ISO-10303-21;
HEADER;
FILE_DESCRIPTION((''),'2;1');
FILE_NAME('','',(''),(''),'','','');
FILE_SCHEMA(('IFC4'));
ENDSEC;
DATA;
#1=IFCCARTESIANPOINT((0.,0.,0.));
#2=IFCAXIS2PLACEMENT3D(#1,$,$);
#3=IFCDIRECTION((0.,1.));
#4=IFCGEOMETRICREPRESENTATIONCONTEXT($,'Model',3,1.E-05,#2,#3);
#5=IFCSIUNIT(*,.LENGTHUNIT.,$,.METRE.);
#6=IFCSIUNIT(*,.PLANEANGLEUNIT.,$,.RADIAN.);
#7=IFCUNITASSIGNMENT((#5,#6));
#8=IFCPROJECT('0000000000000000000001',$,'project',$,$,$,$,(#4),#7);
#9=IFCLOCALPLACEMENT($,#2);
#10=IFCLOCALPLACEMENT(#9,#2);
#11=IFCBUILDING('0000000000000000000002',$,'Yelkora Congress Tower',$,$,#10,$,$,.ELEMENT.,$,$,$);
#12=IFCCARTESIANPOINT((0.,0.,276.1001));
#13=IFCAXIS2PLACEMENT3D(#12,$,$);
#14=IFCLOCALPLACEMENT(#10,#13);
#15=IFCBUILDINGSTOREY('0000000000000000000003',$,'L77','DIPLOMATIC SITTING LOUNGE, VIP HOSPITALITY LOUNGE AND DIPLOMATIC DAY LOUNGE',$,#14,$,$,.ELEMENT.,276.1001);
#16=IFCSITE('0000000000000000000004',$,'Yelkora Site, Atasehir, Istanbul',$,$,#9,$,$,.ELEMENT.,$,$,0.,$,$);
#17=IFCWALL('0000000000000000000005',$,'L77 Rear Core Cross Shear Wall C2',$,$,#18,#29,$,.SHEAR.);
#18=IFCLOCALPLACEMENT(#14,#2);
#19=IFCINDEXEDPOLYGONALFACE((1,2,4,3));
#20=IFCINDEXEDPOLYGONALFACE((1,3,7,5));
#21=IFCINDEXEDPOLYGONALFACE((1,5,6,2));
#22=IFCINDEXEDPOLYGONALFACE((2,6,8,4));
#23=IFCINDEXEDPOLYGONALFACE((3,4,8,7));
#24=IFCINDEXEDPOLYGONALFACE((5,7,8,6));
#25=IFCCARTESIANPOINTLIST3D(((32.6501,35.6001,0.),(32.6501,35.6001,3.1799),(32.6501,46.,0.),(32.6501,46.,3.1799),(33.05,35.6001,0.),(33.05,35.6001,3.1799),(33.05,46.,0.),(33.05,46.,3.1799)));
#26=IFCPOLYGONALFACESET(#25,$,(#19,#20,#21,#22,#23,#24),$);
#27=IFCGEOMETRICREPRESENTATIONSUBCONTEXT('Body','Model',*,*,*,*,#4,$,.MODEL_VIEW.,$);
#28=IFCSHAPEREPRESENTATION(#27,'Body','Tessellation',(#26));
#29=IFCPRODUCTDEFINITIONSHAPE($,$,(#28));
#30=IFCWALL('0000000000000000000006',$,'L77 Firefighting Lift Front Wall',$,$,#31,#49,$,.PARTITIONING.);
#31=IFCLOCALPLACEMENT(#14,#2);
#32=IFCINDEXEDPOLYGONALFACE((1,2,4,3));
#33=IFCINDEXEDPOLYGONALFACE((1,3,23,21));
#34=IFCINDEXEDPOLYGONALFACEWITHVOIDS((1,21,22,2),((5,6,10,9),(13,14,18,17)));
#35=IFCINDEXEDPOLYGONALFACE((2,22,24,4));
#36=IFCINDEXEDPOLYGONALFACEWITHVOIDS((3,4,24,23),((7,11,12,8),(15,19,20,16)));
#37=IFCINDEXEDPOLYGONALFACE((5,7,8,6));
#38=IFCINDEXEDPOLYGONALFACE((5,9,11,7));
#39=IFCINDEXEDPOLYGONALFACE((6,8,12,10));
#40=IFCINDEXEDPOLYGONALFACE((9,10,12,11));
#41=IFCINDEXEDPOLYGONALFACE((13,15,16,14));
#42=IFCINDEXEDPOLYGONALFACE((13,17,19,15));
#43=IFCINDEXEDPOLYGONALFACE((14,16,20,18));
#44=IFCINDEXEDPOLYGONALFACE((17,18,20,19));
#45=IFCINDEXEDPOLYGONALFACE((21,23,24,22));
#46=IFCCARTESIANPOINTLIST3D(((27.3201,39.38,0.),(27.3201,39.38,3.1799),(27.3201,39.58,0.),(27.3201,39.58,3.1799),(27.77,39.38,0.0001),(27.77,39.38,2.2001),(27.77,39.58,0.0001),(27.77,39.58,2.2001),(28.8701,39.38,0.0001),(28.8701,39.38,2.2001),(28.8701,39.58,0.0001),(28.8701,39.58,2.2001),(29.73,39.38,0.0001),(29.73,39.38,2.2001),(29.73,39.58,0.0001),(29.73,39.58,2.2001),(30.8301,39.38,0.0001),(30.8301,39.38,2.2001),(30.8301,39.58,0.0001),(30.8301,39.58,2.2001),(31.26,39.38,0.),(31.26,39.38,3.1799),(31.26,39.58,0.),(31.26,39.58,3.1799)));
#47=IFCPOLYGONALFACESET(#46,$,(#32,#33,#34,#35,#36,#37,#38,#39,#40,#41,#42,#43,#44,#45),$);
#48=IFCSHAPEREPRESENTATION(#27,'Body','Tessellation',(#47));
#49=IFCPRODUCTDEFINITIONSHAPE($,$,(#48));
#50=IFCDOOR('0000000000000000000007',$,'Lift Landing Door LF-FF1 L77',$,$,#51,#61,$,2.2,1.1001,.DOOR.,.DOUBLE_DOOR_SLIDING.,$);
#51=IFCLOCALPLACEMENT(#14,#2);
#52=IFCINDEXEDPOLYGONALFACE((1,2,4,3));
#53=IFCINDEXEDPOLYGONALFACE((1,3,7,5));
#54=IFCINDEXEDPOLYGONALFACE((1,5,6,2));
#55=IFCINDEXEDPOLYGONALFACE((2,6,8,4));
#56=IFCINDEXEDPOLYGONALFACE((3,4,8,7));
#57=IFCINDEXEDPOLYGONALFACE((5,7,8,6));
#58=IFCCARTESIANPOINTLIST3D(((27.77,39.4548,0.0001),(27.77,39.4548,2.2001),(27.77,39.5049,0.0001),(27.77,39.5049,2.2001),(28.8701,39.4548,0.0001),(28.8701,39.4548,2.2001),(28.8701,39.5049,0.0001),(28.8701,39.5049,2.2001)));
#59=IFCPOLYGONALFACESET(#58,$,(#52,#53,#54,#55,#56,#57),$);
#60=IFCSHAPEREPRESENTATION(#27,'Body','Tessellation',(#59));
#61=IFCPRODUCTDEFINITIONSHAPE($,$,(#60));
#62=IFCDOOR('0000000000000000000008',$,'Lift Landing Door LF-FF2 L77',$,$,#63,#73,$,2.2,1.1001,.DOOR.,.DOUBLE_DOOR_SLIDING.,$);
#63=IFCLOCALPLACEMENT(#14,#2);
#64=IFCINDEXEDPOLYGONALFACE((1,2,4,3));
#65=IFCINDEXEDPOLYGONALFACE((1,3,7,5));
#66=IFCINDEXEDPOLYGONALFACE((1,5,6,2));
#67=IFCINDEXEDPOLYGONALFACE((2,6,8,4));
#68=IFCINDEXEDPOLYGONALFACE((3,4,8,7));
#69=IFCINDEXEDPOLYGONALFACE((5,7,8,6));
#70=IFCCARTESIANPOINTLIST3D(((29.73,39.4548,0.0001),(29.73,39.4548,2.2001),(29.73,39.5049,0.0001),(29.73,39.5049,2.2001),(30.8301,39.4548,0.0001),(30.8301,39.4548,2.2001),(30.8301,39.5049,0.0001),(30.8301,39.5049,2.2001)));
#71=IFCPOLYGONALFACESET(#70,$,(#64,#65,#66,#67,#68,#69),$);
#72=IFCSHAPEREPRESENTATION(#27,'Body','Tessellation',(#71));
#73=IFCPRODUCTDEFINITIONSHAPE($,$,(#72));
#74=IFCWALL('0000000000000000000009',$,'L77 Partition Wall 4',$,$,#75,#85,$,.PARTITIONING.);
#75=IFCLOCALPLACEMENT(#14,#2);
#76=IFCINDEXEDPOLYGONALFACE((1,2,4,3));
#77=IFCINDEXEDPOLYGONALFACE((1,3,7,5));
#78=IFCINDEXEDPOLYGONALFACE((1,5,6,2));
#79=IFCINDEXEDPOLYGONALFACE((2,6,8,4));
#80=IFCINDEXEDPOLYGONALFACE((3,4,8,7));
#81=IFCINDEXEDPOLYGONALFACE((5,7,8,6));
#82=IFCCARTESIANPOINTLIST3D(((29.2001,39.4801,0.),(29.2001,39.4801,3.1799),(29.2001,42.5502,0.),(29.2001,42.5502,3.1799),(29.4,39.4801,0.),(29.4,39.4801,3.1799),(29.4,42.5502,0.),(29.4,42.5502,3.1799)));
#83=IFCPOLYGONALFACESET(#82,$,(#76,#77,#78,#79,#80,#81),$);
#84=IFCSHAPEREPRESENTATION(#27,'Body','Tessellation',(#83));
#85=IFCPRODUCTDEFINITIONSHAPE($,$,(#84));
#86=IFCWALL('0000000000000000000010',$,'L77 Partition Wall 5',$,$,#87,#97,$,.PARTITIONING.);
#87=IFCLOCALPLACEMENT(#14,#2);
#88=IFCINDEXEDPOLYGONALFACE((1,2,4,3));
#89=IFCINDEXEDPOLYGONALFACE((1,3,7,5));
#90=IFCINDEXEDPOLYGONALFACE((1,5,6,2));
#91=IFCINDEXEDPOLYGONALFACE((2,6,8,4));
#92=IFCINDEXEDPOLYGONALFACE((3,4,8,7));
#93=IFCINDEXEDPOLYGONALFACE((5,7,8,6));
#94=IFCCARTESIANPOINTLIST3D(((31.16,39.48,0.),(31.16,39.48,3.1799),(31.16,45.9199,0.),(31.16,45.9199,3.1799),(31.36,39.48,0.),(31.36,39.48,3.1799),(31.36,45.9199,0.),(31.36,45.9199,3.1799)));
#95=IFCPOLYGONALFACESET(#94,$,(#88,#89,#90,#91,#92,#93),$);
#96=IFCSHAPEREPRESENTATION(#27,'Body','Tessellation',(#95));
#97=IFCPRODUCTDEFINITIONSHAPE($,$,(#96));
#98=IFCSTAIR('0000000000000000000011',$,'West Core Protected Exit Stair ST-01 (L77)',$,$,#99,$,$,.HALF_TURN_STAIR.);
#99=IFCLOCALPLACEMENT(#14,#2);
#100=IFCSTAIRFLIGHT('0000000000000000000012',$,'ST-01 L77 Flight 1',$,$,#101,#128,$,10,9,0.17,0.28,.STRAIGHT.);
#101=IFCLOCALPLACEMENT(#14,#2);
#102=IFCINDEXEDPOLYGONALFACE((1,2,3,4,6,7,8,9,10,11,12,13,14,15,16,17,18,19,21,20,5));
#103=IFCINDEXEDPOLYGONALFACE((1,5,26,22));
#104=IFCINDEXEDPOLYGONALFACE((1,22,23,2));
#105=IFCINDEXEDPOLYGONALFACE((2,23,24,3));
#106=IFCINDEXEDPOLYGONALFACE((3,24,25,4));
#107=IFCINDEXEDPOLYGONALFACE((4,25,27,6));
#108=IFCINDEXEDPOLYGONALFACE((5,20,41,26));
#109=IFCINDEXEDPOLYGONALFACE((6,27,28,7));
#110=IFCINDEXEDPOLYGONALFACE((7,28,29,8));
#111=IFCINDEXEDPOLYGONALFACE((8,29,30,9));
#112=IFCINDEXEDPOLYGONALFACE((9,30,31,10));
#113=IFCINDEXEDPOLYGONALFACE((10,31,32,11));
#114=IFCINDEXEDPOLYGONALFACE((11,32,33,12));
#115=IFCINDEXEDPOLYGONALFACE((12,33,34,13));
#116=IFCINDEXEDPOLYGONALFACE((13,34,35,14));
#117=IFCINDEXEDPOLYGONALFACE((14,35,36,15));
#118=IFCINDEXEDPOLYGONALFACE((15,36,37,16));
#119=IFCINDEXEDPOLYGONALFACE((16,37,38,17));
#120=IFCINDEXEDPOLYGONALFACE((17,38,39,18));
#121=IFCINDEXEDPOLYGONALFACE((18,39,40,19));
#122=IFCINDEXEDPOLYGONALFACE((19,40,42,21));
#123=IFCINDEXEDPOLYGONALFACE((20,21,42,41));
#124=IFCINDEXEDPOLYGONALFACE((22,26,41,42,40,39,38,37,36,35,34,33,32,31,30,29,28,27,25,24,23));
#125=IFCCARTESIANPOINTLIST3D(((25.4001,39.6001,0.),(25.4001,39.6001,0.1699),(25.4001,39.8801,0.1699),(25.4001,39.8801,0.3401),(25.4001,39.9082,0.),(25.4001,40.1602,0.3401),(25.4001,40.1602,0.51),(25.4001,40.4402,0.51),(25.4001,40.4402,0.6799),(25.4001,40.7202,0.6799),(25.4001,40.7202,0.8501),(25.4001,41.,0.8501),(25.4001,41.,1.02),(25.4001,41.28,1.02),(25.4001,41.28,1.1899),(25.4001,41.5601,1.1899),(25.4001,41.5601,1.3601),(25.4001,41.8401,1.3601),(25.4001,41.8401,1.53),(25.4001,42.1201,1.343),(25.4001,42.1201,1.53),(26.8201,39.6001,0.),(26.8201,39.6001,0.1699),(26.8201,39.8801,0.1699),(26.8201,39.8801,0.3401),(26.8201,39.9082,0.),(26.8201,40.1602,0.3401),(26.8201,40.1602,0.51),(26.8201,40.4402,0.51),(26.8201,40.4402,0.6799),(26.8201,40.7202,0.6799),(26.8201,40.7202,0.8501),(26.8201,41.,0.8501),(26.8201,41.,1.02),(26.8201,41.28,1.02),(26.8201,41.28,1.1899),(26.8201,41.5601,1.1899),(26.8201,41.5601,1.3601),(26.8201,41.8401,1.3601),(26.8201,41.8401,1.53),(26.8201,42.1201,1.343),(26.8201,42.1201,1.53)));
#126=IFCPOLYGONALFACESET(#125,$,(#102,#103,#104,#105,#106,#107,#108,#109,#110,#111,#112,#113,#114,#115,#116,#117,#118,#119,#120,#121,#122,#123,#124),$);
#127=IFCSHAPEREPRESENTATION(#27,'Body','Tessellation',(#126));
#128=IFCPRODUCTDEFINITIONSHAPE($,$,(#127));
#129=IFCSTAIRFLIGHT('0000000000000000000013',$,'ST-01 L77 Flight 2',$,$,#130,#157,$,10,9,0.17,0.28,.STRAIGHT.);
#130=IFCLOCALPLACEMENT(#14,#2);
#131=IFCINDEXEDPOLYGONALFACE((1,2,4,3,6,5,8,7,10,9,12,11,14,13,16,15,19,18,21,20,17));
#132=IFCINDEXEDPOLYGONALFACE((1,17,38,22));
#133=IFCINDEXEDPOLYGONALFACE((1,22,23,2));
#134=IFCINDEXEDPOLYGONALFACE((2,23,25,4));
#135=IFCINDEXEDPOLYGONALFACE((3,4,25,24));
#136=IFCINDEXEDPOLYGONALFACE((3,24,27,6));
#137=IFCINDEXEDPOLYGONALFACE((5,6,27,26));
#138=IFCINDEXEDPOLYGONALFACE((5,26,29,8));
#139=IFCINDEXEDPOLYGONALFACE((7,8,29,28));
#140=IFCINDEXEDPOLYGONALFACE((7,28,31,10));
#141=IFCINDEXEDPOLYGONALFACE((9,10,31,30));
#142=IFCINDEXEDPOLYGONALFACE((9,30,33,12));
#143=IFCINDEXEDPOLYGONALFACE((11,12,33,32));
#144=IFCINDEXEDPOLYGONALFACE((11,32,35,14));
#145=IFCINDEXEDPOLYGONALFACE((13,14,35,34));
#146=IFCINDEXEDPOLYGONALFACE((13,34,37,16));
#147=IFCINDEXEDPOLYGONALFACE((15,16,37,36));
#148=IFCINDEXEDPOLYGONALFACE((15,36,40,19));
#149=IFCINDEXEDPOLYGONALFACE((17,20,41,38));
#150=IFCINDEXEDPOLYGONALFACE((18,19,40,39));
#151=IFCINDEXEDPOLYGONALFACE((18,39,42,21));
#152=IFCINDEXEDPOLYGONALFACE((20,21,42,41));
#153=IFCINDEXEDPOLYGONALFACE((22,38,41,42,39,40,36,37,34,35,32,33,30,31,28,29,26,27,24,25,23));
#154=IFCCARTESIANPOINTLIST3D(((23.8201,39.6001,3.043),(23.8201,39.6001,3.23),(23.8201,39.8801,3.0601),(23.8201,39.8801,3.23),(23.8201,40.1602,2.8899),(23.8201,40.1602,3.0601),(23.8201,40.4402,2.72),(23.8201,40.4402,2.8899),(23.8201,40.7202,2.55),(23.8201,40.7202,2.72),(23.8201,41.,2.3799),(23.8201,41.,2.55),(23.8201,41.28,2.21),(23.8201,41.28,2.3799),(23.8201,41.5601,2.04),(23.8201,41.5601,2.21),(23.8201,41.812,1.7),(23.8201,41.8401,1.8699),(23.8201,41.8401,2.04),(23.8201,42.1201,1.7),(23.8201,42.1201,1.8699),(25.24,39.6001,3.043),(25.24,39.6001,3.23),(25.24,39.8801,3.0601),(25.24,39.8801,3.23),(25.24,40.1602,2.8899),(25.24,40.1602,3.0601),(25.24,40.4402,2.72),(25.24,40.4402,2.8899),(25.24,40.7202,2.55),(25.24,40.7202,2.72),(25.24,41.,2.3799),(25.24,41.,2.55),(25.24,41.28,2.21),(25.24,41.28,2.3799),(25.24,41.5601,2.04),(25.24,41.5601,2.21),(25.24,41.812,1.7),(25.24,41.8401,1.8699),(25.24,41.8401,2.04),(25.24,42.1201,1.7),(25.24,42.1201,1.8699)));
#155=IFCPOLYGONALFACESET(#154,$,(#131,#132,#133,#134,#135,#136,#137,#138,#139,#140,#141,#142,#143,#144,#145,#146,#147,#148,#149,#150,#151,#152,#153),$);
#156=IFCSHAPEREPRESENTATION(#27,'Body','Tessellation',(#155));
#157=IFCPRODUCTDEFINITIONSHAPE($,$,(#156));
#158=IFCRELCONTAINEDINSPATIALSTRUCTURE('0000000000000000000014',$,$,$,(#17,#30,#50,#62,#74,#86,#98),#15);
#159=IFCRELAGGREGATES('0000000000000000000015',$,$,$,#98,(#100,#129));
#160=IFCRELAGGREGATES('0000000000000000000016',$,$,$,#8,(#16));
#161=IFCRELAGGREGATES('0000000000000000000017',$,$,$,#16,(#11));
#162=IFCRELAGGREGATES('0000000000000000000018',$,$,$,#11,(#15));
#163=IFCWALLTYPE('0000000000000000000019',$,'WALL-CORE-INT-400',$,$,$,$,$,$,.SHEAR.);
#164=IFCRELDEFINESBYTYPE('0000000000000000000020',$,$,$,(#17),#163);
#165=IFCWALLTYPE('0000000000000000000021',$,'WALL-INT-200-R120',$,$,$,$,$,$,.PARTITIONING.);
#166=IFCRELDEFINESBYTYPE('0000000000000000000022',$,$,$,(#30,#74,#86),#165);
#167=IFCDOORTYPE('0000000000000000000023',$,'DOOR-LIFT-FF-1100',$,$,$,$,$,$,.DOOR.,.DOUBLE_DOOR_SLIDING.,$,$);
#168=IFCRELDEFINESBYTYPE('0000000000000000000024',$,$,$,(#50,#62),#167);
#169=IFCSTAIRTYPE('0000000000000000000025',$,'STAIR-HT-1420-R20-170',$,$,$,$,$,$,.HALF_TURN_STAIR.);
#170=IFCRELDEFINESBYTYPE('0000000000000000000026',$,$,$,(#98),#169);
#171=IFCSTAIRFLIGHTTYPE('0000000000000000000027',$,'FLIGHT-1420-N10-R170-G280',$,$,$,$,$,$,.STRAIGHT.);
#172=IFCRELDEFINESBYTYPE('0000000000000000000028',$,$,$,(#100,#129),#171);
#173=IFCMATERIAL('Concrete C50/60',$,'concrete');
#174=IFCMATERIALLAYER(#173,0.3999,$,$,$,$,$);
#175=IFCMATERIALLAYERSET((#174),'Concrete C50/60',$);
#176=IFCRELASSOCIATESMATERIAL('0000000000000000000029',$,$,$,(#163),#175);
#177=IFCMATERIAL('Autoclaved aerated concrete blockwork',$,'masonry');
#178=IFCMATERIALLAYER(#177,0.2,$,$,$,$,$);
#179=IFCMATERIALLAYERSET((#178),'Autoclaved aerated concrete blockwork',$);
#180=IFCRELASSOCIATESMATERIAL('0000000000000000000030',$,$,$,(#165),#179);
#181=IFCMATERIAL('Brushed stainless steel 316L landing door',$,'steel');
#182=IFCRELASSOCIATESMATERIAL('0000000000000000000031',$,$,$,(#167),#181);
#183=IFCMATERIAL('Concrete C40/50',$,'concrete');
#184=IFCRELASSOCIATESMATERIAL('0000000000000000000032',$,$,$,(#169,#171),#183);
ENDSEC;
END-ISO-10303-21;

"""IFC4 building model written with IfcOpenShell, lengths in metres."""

from ifc_helpers import new_model, si_unit, direction, frame, frame_2d, origin, place, context, subcontext, project, spatial, polyline, rectangle, outline, extrude, material, layer, layer_set, type_object, element, fill, aggregate, save


model = new_model("IFC4")

# Units and contexts
model_context = context("Model", 3, precision=1e-05, world=origin(), true_north=direction((0.0, 1.0)))
body_context = subcontext(model_context, "Body", "Model", "MODEL_VIEW")
ifc_project = project(units=[si_unit("LENGTHUNIT", "METRE"), si_unit("PLANEANGLEUNIT", "RADIAN")], contexts=[model_context])

# Site, building, storey
site_placement = place(None, origin())
site = spatial("IfcSite", under=ifc_project, at=site_placement, Name="Yelkora Site, Atasehir, Istanbul", CompositionType="ELEMENT", RefElevation=0.0)
building_placement = place(site_placement, origin())
building = spatial("IfcBuilding", under=site, at=building_placement, Name="Yelkora Congress Tower", CompositionType="ELEMENT")
storey_placement = place(building_placement, frame((0.0, 0.0, 276.1001)))
storey = spatial("IfcBuildingStorey", under=building, at=storey_placement, Name="L77", Description="DIPLOMATIC SITTING LOUNGE, VIP HOSPITALITY LOUNGE AND DIPLOMATIC DAY LOUNGE", CompositionType="ELEMENT", Elevation=276.1001)

# Shared definitions
ifc_material_1 = material(Name="Concrete C50/60", Category="concrete")
ifc_layer_1 = layer(ifc_material_1, 0.3999)
ifc_layer_set_1 = layer_set([ifc_layer_1], Name="Concrete C50/60")
wall_type_1 = type_object("IfcWallType", Name="WALL-CORE-INT-400", PredefinedType="SHEAR", material=ifc_layer_set_1)

# Wall
wall_1_placement = place(storey_placement, frame((32.8501, 35.6001, 0.0), z_axis=(0.0, 0.0, 1.0), x_axis=(0.0, 1.0, 0.0)))
element("IfcWall", 1, at=wall_1_placement, inside=storey, type_object=wall_type_1, Name="L77 Rear Core Cross Shear Wall C2", PredefinedType="SHEAR", context=body_context, shape_type="SweptSolid", body=[
    extrude(rectangle(XDim=10.3999, YDim=0.3999, at=frame_2d((5.2, 0.0))), origin(), (0.0, 0.0, 1.0), 3.1799),
])

# Shared definitions
ifc_material_2 = material(Name="Autoclaved aerated concrete blockwork", Category="masonry")
ifc_layer_2 = layer(ifc_material_2, 0.2)
ifc_layer_set_2 = layer_set([ifc_layer_2], Name="Autoclaved aerated concrete blockwork")
wall_type_2 = type_object("IfcWallType", Name="WALL-INT-200-R120", PredefinedType="PARTITIONING", material=ifc_layer_set_2)

# Wall, openings, doors
wall_2_placement = place(storey_placement, frame((27.3201, 39.48, 0.0), z_axis=(0.0, 0.0, 1.0), x_axis=(1.0, 0.0, 0.0)))
wall_2 = element("IfcWall", 2, at=wall_2_placement, inside=storey, type_object=wall_type_2, Name="L77 Firefighting Lift Front Wall", PredefinedType="PARTITIONING", context=body_context, shape_type="SweptSolid", body=[
    extrude(rectangle(XDim=3.9399, YDim=0.2, at=frame_2d((1.97, 0.0))), origin(), (0.0, 0.0, 1.0), 3.1799),
])
opening_1_placement = place(wall_2_placement, frame((0.45, 0.0, 0.0)))
opening_1 = element("IfcOpeningElement", 3, at=opening_1_placement, cuts=wall_2, PredefinedType="OPENING", context=body_context, shape_type="SweptSolid", body=[
    extrude(rectangle(XDim=1.1001, YDim=2.2, at=frame_2d((0.55, 1.1001))), frame((0.0, 0.1099, 0.0), z_axis=(0.0, -1.0, 0.0), x_axis=(1.0, 0.0, 0.0)), (0.0, 0.0, 1.0), 0.22),
])
opening_2_placement = place(wall_2_placement, frame((2.4099, 0.0, 0.0)))
opening_2 = element("IfcOpeningElement", 4, at=opening_2_placement, cuts=wall_2, PredefinedType="OPENING", context=body_context, shape_type="SweptSolid", body=[
    extrude(rectangle(XDim=1.1001, YDim=2.2, at=frame_2d((0.55, 1.1001))), frame((0.0, 0.1099, 0.0), z_axis=(0.0, -1.0, 0.0), x_axis=(1.0, 0.0, 0.0)), (0.0, 0.0, 1.0), 0.22),
])
ifc_material_3 = material(Name="Brushed stainless steel 316L landing door", Category="steel")
door_type_1 = type_object("IfcDoorType", Name="DOOR-LIFT-FF-1100", OperationType="DOUBLE_DOOR_SLIDING", PredefinedType="DOOR", material=ifc_material_3)
door_1_placement = place(opening_1_placement, origin())
door_1 = element("IfcDoor", 5, at=door_1_placement, inside=storey, type_object=door_type_1, Name="Lift Landing Door LF-FF1 L77", OperationType="DOUBLE_DOOR_SLIDING", OverallHeight=2.2, OverallWidth=1.1001, PredefinedType="DOOR", context=body_context, shape_type="SweptSolid", body=[
    extrude(rectangle(XDim=1.1001, YDim=2.2, at=frame_2d((0.55, 1.1001))), frame((0.0, 0.0249, 0.0), z_axis=(0.0, -1.0, 0.0), x_axis=(1.0, 0.0, 0.0)), (0.0, 0.0, 1.0), 0.05),
])
fill(opening_1, door_1)
door_2_placement = place(opening_2_placement, origin())
door_2 = element("IfcDoor", 6, at=door_2_placement, inside=storey, type_object=door_type_1, Name="Lift Landing Door LF-FF2 L77", OperationType="DOUBLE_DOOR_SLIDING", OverallHeight=2.2, OverallWidth=1.1001, PredefinedType="DOOR", context=body_context, shape_type="SweptSolid", body=[
    extrude(rectangle(XDim=1.1001, YDim=2.2, at=frame_2d((0.55, 1.1001))), frame((0.0, 0.0249, 0.0), z_axis=(0.0, -1.0, 0.0), x_axis=(1.0, 0.0, 0.0)), (0.0, 0.0, 1.0), 0.05),
])
fill(opening_2, door_2)

# Walls
wall_3_placement = place(storey_placement, frame((29.3, 39.48, 0.0), z_axis=(0.0, 0.0, 1.0), x_axis=(0.0, 1.0, 0.0)))
element("IfcWall", 7, at=wall_3_placement, inside=storey, type_object=wall_type_2, Name="L77 Partition Wall 4", PredefinedType="PARTITIONING", context=body_context, shape_type="SweptSolid", body=[
    extrude(rectangle(XDim=3.0701, YDim=0.2, at=frame_2d((1.5352, 0.0))), origin(), (0.0, 0.0, 1.0), 3.1799),
])
wall_4_placement = place(storey_placement, frame((31.26, 39.48, 0.0), z_axis=(0.0, 0.0, 1.0), x_axis=(0.0, 1.0, 0.0)))
element("IfcWall", 8, at=wall_4_placement, inside=storey, type_object=wall_type_2, Name="L77 Partition Wall 5", PredefinedType="PARTITIONING", context=body_context, shape_type="SweptSolid", body=[
    extrude(rectangle(XDim=6.4399, YDim=0.2, at=frame_2d((3.22, 0.0))), origin(), (0.0, 0.0, 1.0), 3.1799),
])

# Stair, stair flights
ifc_material_4 = material(Name="Concrete C40/50", Category="concrete")
stair_type = type_object("IfcStairType", Name="STAIR-HT-1420-R20-170", PredefinedType="HALF_TURN_STAIR", material=ifc_material_4)
stair_placement = place(storey_placement, origin())
stair = element("IfcStair", 9, at=stair_placement, inside=storey, type_object=stair_type, Name="West Core Protected Exit Stair ST-01 (L77)", PredefinedType="HALF_TURN_STAIR")
stair_flight_type = type_object("IfcStairFlightType", Name="FLIGHT-1420-N10-R170-G280", PredefinedType="STRAIGHT", material=ifc_material_4)
stair_flight_1_placement = place(storey_placement, frame((26.1101, 39.6001, 0.0), z_axis=(0.0, 0.0, 1.0), x_axis=(0.0, 1.0, 0.0)))
stair_flight_1 = element("IfcStairFlight", 10, at=stair_flight_1_placement, type_object=stair_flight_type, Name="ST-01 L77 Flight 1", NumberOfRisers=10, NumberOfTreads=9, PredefinedType="STRAIGHT", RiserHeight=0.17, TreadLength=0.28, context=body_context, shape_type="SweptSolid", body=[
    extrude(outline(polyline([(0.0, 0.0), (0.0, 0.1699), (0.28, 0.1699), (0.28, 0.3401), (0.5601, 0.3401), (0.5601, 0.51), (0.8401, 0.51), (0.8401, 0.6799), (1.1201, 0.6799), (1.1201, 0.8501), (1.3999, 0.8501), (1.3999, 1.02), (1.6799, 1.02), (1.6799, 1.1899), (1.96, 1.1899), (1.96, 1.3601), (2.24, 1.3601), (2.24, 1.53), (2.52, 1.53), (2.52, 1.7), (2.52, 1.343), (0.3081, 0.0), (0.0, 0.0)])), frame((0.0, 0.71, 0.0), z_axis=(0.0, -1.0, 0.0), x_axis=(1.0, 0.0, 0.0)), (0.0, 0.0, 1.0), 1.4199),
])
stair_flight_2_placement = place(storey_placement, frame((24.53, 42.1201, 1.7), z_axis=(0.0, 0.0, 1.0), x_axis=(0.0, -1.0, 0.0)))
stair_flight_2 = element("IfcStairFlight", 11, at=stair_flight_2_placement, type_object=stair_flight_type, Name="ST-01 L77 Flight 2", NumberOfRisers=10, NumberOfTreads=9, PredefinedType="STRAIGHT", RiserHeight=0.17, TreadLength=0.28, context=body_context, shape_type="SweptSolid", body=[
    extrude(outline(polyline([(0.0, 0.0), (0.0, 0.1699), (0.28, 0.1699), (0.28, 0.3401), (0.5601, 0.3401), (0.5601, 0.51), (0.8401, 0.51), (0.8401, 0.6799), (1.1201, 0.6799), (1.1201, 0.8501), (1.3999, 0.8501), (1.3999, 1.02), (1.6799, 1.02), (1.6799, 1.1899), (1.96, 1.1899), (1.96, 1.3601), (2.24, 1.3601), (2.24, 1.53), (2.52, 1.53), (2.52, 1.7), (2.52, 1.343), (0.3081, 0.0), (0.0, 0.0)])), frame((0.0, 0.71, 0.0), z_axis=(0.0, -1.0, 0.0), x_axis=(1.0, 0.0, 0.0)), (0.0, 0.0, 1.0), 1.4199),
])
aggregate(stair, [stair_flight_1, stair_flight_2])

save(model, "model.ifc")
